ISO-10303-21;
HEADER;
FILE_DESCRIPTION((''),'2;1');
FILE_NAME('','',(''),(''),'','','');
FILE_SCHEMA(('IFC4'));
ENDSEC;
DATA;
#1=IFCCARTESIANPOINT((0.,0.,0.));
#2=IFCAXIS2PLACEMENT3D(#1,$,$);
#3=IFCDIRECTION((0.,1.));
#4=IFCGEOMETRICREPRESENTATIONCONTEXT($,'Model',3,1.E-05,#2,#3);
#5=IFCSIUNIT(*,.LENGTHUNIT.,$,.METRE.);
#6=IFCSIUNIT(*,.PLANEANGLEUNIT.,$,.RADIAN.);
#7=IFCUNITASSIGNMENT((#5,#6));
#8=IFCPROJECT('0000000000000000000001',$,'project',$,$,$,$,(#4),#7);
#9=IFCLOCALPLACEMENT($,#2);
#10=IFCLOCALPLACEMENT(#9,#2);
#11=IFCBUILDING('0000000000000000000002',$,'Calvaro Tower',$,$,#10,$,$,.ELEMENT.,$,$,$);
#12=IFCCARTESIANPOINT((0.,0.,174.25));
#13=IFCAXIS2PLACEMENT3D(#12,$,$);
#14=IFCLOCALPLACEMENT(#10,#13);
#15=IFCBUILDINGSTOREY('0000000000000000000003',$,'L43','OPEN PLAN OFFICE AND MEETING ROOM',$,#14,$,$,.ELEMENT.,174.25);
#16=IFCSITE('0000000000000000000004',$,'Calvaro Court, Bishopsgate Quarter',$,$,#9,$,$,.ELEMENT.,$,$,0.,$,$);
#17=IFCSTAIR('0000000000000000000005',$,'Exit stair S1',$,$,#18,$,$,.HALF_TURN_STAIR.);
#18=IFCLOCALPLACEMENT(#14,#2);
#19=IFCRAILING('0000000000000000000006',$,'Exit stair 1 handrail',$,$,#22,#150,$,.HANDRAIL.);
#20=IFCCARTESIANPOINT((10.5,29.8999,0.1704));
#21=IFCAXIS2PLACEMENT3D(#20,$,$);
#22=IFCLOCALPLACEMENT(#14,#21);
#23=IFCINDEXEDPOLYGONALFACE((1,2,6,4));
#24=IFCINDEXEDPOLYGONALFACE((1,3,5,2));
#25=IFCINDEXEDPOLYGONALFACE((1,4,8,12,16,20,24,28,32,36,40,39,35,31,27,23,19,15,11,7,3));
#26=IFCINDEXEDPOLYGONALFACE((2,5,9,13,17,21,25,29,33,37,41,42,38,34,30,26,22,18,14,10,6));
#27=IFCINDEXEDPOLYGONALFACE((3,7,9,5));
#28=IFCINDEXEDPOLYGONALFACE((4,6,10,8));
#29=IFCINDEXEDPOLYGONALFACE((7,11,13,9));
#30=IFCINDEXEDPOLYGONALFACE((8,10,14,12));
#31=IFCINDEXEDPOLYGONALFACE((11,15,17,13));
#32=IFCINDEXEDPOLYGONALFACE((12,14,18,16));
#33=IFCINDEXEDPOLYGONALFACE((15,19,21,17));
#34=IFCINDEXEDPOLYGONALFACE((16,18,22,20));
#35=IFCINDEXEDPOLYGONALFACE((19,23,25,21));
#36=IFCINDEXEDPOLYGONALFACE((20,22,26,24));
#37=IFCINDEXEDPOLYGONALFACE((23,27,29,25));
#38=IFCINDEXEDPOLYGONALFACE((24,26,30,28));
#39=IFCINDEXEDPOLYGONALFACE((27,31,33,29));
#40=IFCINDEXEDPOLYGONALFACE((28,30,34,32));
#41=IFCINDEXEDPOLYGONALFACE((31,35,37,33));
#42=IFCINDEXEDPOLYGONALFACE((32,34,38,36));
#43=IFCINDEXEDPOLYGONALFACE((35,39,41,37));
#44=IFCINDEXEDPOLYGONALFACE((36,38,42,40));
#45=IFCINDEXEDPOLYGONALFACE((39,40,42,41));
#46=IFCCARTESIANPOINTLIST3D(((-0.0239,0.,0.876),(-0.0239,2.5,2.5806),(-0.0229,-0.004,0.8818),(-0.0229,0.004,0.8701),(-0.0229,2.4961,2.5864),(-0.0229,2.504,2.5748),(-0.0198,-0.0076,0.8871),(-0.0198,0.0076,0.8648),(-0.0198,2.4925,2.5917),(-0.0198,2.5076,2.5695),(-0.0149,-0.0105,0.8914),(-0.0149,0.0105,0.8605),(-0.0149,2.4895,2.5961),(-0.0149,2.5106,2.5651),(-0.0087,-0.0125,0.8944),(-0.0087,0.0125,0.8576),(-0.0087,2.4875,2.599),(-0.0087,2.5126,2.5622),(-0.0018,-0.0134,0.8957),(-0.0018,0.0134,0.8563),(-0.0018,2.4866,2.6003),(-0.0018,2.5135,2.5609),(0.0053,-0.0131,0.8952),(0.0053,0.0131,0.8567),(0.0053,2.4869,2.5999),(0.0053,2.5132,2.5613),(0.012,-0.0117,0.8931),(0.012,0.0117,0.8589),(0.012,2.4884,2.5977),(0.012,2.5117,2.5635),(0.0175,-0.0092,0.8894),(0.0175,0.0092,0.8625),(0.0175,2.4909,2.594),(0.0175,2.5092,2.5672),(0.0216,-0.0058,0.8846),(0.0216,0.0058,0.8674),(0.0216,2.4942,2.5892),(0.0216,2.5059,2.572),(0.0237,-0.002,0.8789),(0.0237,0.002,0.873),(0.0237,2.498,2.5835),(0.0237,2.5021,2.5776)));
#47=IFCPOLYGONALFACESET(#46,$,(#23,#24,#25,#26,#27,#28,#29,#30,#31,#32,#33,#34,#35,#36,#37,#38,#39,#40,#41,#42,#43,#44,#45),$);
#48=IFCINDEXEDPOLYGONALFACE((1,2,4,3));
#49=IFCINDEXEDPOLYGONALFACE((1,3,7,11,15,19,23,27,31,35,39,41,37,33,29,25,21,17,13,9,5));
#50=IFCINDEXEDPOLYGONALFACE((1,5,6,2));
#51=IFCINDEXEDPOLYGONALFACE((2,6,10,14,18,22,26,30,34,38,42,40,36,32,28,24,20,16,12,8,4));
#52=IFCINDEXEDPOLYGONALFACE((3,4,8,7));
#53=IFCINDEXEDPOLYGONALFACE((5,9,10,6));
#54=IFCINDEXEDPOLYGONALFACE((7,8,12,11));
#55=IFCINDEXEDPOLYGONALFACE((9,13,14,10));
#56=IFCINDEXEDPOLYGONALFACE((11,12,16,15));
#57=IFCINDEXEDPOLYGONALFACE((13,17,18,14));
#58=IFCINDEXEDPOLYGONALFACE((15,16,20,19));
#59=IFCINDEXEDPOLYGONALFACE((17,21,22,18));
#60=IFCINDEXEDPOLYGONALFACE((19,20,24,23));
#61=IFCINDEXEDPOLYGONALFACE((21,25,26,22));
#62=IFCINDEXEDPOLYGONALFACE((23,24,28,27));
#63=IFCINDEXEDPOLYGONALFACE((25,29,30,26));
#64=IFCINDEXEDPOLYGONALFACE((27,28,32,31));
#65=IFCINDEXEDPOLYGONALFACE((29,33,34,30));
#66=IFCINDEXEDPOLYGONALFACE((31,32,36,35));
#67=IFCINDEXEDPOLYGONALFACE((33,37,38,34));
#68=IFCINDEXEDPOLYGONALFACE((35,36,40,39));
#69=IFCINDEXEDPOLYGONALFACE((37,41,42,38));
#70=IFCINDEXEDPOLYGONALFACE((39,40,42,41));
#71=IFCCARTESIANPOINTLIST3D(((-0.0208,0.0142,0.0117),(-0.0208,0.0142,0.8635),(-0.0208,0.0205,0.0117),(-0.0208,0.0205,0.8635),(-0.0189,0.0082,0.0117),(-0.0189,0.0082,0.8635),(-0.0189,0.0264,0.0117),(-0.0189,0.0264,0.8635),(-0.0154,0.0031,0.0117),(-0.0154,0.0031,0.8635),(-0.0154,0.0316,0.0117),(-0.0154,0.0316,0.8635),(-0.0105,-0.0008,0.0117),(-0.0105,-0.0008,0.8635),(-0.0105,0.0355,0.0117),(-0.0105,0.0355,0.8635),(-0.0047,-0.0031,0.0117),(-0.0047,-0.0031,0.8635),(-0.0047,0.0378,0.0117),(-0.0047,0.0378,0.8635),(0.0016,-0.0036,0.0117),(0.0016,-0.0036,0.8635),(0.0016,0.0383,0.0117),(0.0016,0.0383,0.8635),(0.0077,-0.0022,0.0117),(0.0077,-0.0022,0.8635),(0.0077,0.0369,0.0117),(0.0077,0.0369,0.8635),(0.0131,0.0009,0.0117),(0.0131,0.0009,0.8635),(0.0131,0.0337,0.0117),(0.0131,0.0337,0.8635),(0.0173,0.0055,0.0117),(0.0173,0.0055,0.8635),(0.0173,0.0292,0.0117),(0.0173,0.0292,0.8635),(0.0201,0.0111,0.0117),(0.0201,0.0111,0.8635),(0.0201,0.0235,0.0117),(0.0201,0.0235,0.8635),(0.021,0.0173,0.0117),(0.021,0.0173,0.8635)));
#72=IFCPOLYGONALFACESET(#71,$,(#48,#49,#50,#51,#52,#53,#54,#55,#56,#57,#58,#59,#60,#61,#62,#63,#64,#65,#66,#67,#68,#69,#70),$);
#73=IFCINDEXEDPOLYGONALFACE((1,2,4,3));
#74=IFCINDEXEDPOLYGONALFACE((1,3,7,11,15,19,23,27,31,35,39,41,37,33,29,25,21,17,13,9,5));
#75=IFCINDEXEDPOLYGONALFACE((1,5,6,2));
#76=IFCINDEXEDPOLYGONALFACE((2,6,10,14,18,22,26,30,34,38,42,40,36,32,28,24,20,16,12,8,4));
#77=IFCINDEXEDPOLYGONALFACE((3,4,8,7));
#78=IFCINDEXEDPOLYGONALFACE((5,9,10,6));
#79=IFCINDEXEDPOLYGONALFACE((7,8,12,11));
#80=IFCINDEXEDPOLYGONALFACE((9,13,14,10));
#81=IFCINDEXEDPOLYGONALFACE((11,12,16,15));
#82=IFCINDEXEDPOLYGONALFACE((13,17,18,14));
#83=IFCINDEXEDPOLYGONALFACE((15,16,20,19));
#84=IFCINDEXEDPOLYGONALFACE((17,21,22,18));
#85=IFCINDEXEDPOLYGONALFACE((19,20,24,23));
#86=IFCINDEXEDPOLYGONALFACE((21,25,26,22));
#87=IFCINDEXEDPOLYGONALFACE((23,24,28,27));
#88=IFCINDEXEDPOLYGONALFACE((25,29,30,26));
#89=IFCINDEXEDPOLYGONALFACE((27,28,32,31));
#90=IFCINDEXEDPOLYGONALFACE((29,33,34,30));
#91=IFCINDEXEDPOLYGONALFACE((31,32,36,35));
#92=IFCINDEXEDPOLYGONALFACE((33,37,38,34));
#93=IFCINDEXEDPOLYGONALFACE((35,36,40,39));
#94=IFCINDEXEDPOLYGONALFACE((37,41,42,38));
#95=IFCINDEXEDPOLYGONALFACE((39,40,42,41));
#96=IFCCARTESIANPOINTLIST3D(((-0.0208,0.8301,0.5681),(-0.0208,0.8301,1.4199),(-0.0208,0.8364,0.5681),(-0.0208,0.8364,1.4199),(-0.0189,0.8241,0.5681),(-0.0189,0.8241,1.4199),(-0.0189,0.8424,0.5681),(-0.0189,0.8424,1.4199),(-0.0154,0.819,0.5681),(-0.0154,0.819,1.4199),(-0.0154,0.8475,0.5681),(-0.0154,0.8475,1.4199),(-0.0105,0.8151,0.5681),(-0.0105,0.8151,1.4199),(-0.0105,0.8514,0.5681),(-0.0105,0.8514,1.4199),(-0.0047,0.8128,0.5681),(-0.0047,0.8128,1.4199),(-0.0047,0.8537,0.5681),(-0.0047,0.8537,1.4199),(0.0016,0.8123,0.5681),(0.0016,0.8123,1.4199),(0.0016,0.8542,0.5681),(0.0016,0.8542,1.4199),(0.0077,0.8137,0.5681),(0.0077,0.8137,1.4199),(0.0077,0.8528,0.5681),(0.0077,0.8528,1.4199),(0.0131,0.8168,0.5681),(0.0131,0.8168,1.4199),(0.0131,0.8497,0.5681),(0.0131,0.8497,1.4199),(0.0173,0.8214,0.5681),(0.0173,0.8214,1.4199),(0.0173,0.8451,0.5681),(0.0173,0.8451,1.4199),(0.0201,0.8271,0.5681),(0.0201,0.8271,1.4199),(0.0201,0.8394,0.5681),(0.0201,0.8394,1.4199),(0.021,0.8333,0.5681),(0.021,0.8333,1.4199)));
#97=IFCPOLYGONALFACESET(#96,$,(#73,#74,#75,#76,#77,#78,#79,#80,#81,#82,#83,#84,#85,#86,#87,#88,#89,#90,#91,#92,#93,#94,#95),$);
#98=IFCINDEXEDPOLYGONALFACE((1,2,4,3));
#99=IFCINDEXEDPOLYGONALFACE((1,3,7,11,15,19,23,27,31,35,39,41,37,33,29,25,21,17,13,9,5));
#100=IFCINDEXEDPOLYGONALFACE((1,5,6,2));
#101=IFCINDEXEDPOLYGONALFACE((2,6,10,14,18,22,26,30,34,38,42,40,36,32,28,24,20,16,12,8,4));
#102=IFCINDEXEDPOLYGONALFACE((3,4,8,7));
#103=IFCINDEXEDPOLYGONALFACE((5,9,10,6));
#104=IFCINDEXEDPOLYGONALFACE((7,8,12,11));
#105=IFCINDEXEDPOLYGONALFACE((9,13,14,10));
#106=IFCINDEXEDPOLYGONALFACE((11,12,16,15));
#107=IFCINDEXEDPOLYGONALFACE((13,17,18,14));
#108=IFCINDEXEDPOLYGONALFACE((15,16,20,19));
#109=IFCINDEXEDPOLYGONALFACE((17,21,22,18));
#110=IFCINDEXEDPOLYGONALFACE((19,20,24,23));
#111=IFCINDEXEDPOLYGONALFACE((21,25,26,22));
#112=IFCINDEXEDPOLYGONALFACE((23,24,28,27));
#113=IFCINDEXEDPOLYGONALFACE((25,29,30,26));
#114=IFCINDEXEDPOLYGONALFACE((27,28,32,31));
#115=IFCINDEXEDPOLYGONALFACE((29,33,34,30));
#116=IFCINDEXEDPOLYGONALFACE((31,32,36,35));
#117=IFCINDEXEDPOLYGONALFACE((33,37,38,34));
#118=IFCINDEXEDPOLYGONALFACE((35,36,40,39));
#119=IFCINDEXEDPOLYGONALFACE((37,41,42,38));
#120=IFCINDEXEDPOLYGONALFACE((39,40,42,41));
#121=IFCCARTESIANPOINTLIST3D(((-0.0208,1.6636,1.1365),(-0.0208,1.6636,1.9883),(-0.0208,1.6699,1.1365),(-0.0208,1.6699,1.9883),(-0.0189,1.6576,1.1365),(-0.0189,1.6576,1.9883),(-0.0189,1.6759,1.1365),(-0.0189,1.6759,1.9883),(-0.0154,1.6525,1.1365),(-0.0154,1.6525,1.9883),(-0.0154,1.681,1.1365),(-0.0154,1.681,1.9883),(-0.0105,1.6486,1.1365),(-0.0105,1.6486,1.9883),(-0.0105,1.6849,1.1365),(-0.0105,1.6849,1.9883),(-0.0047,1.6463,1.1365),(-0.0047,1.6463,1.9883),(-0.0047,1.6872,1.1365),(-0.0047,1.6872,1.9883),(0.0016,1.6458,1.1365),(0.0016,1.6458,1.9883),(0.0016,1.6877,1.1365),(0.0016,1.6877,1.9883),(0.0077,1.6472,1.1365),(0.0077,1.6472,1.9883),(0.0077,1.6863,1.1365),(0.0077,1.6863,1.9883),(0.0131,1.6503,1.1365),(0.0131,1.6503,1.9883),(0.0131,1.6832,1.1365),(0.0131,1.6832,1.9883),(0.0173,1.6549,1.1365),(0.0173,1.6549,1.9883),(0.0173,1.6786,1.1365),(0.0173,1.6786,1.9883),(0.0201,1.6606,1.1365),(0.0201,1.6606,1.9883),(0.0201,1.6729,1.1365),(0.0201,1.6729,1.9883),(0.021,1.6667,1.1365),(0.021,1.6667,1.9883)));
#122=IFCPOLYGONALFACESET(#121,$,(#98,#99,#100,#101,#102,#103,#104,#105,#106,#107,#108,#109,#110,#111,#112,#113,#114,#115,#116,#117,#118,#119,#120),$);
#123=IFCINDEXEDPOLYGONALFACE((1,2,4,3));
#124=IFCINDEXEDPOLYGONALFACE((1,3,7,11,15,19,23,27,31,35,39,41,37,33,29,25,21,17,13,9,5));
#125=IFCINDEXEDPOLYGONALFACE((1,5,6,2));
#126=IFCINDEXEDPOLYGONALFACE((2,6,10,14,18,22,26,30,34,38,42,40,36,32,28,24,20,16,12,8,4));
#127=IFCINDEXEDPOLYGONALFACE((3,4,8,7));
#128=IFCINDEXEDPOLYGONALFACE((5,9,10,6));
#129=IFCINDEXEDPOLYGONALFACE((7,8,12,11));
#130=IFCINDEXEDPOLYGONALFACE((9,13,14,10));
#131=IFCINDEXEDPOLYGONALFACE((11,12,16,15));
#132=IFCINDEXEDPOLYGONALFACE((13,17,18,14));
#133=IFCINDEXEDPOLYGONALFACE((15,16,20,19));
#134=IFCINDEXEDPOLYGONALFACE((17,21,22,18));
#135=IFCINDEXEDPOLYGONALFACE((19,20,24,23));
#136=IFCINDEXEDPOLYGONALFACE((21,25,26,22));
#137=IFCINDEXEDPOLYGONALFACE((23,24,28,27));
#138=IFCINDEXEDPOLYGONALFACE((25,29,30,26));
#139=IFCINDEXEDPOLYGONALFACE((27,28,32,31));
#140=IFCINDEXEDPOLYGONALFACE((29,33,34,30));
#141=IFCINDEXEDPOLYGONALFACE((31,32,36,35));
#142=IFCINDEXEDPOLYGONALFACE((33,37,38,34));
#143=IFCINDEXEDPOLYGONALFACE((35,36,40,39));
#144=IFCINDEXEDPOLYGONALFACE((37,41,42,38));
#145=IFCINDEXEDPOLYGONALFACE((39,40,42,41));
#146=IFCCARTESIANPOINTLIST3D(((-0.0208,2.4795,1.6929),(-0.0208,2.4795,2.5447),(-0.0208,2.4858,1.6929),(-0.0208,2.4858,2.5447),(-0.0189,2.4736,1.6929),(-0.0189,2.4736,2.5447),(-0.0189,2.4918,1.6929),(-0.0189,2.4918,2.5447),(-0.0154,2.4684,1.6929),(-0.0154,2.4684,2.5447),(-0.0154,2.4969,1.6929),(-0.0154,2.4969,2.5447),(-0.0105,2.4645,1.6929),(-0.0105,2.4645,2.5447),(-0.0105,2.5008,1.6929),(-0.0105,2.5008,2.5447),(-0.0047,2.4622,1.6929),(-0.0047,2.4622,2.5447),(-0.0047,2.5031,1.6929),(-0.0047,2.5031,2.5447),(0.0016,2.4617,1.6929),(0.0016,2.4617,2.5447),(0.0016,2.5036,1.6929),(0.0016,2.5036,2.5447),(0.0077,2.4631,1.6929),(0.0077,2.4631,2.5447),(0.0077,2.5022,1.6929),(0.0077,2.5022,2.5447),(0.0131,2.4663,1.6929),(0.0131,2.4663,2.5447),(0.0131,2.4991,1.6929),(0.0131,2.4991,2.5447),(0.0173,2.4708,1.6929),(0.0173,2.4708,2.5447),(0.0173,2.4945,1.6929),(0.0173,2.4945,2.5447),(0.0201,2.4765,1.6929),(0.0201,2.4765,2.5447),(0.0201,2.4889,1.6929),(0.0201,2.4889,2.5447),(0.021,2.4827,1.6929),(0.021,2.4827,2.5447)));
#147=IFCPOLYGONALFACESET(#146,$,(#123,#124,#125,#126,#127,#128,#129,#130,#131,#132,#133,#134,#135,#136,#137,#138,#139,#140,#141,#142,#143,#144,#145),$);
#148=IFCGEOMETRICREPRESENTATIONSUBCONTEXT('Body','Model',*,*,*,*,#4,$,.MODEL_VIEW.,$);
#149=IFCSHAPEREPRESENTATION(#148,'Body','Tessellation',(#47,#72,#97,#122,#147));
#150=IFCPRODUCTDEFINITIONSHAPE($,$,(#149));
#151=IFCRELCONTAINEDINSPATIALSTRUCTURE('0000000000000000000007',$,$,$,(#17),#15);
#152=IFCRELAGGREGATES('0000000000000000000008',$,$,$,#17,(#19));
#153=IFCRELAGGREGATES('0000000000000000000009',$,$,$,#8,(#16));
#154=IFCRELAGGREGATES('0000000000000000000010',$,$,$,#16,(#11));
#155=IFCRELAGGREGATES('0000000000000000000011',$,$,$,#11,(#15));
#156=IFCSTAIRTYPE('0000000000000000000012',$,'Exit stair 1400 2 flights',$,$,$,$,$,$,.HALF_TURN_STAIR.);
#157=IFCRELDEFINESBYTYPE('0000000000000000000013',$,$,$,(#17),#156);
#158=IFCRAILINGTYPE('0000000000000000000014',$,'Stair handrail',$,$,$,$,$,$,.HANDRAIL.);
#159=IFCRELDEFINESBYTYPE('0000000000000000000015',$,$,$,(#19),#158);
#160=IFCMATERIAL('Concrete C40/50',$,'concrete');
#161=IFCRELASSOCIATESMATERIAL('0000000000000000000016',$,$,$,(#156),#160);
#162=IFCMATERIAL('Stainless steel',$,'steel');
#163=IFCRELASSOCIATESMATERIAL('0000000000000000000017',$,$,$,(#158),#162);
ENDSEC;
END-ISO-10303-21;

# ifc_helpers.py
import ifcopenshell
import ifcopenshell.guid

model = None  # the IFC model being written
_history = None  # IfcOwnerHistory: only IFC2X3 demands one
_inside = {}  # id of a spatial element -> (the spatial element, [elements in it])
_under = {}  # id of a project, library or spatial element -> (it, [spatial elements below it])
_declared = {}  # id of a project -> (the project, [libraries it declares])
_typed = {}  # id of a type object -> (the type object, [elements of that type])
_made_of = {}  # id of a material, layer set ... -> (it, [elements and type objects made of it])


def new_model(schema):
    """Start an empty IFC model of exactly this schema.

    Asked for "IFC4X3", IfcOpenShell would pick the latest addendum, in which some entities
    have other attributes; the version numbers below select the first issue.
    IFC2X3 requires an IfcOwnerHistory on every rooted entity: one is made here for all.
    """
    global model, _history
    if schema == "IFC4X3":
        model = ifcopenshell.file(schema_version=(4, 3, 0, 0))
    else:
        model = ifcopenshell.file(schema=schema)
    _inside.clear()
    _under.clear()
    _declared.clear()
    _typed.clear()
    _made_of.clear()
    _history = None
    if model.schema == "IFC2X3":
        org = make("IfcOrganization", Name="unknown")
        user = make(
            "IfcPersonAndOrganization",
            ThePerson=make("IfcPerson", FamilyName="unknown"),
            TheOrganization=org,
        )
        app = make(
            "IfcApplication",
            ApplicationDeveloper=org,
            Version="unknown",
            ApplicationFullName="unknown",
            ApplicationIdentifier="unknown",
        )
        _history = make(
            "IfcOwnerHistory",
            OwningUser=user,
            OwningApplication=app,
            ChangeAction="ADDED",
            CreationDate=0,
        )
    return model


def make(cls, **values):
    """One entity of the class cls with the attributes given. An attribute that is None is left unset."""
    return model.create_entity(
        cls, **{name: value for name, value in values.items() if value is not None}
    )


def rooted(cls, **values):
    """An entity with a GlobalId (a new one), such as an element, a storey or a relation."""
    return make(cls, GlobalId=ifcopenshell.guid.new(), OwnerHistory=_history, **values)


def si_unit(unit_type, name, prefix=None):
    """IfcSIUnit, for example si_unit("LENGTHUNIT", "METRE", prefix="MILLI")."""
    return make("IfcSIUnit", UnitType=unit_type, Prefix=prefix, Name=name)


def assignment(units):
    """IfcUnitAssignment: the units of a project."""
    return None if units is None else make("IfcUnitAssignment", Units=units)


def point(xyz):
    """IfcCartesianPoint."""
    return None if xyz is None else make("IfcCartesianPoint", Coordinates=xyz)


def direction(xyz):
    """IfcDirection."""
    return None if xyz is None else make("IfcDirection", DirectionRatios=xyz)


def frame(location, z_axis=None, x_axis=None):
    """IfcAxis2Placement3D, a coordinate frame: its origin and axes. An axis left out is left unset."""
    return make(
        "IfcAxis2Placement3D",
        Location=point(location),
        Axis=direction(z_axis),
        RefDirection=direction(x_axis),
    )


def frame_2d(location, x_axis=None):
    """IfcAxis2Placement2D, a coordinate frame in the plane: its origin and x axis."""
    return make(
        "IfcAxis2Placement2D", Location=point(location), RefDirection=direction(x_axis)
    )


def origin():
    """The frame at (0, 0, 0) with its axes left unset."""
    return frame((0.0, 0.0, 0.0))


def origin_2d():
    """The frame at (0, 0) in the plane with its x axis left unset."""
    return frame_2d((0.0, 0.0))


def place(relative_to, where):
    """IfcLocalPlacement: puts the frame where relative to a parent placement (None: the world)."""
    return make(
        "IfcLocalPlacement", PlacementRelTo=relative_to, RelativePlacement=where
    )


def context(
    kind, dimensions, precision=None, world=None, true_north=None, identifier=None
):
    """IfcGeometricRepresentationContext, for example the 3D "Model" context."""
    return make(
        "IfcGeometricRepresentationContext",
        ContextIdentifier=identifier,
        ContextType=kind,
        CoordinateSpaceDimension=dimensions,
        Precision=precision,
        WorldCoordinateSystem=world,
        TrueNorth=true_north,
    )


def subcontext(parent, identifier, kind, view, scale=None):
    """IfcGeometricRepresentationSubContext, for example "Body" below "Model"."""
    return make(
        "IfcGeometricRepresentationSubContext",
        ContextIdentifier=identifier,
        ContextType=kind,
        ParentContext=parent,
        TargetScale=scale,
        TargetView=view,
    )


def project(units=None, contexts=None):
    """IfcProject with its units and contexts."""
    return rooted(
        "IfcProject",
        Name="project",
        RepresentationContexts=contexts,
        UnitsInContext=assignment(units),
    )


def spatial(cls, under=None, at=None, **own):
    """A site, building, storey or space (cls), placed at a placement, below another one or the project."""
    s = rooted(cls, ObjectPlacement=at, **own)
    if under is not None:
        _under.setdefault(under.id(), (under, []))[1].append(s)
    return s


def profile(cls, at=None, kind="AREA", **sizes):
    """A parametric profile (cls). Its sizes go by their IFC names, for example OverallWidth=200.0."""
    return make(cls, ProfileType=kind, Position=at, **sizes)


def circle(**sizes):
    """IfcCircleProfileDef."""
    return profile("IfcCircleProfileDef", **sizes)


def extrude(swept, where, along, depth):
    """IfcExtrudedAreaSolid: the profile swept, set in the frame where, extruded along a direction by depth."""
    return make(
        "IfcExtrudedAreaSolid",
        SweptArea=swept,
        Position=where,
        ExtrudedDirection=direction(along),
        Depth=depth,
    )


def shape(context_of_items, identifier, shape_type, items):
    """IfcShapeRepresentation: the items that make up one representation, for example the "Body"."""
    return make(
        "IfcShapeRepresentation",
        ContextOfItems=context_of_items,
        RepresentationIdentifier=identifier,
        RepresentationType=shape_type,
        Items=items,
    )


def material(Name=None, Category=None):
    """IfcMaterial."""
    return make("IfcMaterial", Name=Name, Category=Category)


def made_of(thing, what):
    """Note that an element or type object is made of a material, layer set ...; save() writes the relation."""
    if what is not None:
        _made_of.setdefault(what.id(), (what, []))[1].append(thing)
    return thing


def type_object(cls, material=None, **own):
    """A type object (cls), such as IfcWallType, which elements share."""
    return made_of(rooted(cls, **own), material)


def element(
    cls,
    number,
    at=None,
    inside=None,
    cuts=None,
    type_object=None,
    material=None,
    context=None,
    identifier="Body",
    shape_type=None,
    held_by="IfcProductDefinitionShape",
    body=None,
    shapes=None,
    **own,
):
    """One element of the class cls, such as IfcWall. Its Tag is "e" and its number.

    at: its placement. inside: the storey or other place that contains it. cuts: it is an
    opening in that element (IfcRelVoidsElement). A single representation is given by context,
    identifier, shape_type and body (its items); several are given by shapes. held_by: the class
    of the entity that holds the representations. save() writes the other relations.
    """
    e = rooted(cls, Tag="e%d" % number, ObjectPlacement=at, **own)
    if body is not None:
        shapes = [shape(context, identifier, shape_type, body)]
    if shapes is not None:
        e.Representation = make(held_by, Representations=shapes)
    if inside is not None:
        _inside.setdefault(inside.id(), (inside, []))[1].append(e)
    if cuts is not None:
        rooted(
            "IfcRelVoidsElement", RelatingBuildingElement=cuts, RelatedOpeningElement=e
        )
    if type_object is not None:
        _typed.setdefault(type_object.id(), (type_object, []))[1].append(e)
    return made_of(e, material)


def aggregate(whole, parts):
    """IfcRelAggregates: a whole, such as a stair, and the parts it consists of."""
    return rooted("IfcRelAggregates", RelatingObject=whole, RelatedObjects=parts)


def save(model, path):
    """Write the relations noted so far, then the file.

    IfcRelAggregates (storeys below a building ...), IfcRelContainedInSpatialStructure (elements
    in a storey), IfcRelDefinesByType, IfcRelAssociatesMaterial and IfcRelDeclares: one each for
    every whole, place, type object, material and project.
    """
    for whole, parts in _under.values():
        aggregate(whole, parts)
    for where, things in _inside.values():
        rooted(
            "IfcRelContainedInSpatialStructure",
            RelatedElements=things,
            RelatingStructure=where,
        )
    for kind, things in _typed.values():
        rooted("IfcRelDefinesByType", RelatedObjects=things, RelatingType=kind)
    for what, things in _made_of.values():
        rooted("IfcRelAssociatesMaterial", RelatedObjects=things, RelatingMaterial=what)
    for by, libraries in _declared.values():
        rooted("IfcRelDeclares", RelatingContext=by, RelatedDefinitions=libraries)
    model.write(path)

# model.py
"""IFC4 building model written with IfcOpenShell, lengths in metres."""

from ifc_helpers import new_model, si_unit, direction, frame, origin, origin_2d, place, context, subcontext, project, spatial, circle, extrude, material, type_object, element, aggregate, save


model = new_model("IFC4")

# Units and contexts
model_context = context("Model", 3, precision=1e-05, world=origin(), true_north=direction((0.0, 1.0)))
body_context = subcontext(model_context, "Body", "Model", "MODEL_VIEW")
ifc_project = project(units=[si_unit("LENGTHUNIT", "METRE"), si_unit("PLANEANGLEUNIT", "RADIAN")], contexts=[model_context])

# Site, building, storey
site_placement = place(None, origin())
site = spatial("IfcSite", under=ifc_project, at=site_placement, Name="Calvaro Court, Bishopsgate Quarter", CompositionType="ELEMENT", RefElevation=0.0)
building_placement = place(site_placement, origin())
building = spatial("IfcBuilding", under=site, at=building_placement, Name="Calvaro Tower", CompositionType="ELEMENT")
storey_placement = place(building_placement, frame((0.0, 0.0, 174.25)))
storey = spatial("IfcBuildingStorey", under=building, at=storey_placement, Name="L43", Description="OPEN PLAN OFFICE AND MEETING ROOM", CompositionType="ELEMENT", Elevation=174.25)

# Stair, railing
ifc_material_1 = material(Name="Concrete C40/50", Category="concrete")
stair_type = type_object("IfcStairType", Name="Exit stair 1400 2 flights", PredefinedType="HALF_TURN_STAIR", material=ifc_material_1)
stair_placement = place(storey_placement, origin())
stair = element("IfcStair", 1, at=stair_placement, inside=storey, type_object=stair_type, Name="Exit stair S1", PredefinedType="HALF_TURN_STAIR")
ifc_material_2 = material(Name="Stainless steel", Category="steel")
railing_type = type_object("IfcRailingType", Name="Stair handrail", PredefinedType="HANDRAIL", material=ifc_material_2)
railing_1_placement = place(storey_placement, frame((10.5, 29.8999, 0.1704)))
railing_1 = element("IfcRailing", 2, at=railing_1_placement, type_object=railing_type, Name="Exit stair 1 handrail", PredefinedType="HANDRAIL", context=body_context, shape_type="SweptSolid", body=[
    extrude(circle(Radius=0.0239, at=origin_2d()), frame((0.0, 0.0, 0.876), z_axis=(0.0, 0.826221, 0.563347), x_axis=(-1.0, 0.0, 0.0)), (0.0, 0.0, 1.0), 3.0259),
    extrude(circle(Radius=0.021, at=origin_2d()), frame((0.0, 0.0173, 0.0117)), (0.0, 0.0, 1.0), 0.8518),
    extrude(circle(Radius=0.021, at=origin_2d()), frame((0.0, 0.8333, 0.5681)), (0.0, 0.0, 1.0), 0.8518),
    extrude(circle(Radius=0.021, at=origin_2d()), frame((0.0, 1.6667, 1.1365)), (0.0, 0.0, 1.0), 0.8518),
    extrude(circle(Radius=0.021, at=origin_2d()), frame((0.0, 2.4827, 1.6929)), (0.0, 0.0, 1.0), 0.8518),
])
aggregate(stair, [railing_1])

save(model, "model.ifc")
